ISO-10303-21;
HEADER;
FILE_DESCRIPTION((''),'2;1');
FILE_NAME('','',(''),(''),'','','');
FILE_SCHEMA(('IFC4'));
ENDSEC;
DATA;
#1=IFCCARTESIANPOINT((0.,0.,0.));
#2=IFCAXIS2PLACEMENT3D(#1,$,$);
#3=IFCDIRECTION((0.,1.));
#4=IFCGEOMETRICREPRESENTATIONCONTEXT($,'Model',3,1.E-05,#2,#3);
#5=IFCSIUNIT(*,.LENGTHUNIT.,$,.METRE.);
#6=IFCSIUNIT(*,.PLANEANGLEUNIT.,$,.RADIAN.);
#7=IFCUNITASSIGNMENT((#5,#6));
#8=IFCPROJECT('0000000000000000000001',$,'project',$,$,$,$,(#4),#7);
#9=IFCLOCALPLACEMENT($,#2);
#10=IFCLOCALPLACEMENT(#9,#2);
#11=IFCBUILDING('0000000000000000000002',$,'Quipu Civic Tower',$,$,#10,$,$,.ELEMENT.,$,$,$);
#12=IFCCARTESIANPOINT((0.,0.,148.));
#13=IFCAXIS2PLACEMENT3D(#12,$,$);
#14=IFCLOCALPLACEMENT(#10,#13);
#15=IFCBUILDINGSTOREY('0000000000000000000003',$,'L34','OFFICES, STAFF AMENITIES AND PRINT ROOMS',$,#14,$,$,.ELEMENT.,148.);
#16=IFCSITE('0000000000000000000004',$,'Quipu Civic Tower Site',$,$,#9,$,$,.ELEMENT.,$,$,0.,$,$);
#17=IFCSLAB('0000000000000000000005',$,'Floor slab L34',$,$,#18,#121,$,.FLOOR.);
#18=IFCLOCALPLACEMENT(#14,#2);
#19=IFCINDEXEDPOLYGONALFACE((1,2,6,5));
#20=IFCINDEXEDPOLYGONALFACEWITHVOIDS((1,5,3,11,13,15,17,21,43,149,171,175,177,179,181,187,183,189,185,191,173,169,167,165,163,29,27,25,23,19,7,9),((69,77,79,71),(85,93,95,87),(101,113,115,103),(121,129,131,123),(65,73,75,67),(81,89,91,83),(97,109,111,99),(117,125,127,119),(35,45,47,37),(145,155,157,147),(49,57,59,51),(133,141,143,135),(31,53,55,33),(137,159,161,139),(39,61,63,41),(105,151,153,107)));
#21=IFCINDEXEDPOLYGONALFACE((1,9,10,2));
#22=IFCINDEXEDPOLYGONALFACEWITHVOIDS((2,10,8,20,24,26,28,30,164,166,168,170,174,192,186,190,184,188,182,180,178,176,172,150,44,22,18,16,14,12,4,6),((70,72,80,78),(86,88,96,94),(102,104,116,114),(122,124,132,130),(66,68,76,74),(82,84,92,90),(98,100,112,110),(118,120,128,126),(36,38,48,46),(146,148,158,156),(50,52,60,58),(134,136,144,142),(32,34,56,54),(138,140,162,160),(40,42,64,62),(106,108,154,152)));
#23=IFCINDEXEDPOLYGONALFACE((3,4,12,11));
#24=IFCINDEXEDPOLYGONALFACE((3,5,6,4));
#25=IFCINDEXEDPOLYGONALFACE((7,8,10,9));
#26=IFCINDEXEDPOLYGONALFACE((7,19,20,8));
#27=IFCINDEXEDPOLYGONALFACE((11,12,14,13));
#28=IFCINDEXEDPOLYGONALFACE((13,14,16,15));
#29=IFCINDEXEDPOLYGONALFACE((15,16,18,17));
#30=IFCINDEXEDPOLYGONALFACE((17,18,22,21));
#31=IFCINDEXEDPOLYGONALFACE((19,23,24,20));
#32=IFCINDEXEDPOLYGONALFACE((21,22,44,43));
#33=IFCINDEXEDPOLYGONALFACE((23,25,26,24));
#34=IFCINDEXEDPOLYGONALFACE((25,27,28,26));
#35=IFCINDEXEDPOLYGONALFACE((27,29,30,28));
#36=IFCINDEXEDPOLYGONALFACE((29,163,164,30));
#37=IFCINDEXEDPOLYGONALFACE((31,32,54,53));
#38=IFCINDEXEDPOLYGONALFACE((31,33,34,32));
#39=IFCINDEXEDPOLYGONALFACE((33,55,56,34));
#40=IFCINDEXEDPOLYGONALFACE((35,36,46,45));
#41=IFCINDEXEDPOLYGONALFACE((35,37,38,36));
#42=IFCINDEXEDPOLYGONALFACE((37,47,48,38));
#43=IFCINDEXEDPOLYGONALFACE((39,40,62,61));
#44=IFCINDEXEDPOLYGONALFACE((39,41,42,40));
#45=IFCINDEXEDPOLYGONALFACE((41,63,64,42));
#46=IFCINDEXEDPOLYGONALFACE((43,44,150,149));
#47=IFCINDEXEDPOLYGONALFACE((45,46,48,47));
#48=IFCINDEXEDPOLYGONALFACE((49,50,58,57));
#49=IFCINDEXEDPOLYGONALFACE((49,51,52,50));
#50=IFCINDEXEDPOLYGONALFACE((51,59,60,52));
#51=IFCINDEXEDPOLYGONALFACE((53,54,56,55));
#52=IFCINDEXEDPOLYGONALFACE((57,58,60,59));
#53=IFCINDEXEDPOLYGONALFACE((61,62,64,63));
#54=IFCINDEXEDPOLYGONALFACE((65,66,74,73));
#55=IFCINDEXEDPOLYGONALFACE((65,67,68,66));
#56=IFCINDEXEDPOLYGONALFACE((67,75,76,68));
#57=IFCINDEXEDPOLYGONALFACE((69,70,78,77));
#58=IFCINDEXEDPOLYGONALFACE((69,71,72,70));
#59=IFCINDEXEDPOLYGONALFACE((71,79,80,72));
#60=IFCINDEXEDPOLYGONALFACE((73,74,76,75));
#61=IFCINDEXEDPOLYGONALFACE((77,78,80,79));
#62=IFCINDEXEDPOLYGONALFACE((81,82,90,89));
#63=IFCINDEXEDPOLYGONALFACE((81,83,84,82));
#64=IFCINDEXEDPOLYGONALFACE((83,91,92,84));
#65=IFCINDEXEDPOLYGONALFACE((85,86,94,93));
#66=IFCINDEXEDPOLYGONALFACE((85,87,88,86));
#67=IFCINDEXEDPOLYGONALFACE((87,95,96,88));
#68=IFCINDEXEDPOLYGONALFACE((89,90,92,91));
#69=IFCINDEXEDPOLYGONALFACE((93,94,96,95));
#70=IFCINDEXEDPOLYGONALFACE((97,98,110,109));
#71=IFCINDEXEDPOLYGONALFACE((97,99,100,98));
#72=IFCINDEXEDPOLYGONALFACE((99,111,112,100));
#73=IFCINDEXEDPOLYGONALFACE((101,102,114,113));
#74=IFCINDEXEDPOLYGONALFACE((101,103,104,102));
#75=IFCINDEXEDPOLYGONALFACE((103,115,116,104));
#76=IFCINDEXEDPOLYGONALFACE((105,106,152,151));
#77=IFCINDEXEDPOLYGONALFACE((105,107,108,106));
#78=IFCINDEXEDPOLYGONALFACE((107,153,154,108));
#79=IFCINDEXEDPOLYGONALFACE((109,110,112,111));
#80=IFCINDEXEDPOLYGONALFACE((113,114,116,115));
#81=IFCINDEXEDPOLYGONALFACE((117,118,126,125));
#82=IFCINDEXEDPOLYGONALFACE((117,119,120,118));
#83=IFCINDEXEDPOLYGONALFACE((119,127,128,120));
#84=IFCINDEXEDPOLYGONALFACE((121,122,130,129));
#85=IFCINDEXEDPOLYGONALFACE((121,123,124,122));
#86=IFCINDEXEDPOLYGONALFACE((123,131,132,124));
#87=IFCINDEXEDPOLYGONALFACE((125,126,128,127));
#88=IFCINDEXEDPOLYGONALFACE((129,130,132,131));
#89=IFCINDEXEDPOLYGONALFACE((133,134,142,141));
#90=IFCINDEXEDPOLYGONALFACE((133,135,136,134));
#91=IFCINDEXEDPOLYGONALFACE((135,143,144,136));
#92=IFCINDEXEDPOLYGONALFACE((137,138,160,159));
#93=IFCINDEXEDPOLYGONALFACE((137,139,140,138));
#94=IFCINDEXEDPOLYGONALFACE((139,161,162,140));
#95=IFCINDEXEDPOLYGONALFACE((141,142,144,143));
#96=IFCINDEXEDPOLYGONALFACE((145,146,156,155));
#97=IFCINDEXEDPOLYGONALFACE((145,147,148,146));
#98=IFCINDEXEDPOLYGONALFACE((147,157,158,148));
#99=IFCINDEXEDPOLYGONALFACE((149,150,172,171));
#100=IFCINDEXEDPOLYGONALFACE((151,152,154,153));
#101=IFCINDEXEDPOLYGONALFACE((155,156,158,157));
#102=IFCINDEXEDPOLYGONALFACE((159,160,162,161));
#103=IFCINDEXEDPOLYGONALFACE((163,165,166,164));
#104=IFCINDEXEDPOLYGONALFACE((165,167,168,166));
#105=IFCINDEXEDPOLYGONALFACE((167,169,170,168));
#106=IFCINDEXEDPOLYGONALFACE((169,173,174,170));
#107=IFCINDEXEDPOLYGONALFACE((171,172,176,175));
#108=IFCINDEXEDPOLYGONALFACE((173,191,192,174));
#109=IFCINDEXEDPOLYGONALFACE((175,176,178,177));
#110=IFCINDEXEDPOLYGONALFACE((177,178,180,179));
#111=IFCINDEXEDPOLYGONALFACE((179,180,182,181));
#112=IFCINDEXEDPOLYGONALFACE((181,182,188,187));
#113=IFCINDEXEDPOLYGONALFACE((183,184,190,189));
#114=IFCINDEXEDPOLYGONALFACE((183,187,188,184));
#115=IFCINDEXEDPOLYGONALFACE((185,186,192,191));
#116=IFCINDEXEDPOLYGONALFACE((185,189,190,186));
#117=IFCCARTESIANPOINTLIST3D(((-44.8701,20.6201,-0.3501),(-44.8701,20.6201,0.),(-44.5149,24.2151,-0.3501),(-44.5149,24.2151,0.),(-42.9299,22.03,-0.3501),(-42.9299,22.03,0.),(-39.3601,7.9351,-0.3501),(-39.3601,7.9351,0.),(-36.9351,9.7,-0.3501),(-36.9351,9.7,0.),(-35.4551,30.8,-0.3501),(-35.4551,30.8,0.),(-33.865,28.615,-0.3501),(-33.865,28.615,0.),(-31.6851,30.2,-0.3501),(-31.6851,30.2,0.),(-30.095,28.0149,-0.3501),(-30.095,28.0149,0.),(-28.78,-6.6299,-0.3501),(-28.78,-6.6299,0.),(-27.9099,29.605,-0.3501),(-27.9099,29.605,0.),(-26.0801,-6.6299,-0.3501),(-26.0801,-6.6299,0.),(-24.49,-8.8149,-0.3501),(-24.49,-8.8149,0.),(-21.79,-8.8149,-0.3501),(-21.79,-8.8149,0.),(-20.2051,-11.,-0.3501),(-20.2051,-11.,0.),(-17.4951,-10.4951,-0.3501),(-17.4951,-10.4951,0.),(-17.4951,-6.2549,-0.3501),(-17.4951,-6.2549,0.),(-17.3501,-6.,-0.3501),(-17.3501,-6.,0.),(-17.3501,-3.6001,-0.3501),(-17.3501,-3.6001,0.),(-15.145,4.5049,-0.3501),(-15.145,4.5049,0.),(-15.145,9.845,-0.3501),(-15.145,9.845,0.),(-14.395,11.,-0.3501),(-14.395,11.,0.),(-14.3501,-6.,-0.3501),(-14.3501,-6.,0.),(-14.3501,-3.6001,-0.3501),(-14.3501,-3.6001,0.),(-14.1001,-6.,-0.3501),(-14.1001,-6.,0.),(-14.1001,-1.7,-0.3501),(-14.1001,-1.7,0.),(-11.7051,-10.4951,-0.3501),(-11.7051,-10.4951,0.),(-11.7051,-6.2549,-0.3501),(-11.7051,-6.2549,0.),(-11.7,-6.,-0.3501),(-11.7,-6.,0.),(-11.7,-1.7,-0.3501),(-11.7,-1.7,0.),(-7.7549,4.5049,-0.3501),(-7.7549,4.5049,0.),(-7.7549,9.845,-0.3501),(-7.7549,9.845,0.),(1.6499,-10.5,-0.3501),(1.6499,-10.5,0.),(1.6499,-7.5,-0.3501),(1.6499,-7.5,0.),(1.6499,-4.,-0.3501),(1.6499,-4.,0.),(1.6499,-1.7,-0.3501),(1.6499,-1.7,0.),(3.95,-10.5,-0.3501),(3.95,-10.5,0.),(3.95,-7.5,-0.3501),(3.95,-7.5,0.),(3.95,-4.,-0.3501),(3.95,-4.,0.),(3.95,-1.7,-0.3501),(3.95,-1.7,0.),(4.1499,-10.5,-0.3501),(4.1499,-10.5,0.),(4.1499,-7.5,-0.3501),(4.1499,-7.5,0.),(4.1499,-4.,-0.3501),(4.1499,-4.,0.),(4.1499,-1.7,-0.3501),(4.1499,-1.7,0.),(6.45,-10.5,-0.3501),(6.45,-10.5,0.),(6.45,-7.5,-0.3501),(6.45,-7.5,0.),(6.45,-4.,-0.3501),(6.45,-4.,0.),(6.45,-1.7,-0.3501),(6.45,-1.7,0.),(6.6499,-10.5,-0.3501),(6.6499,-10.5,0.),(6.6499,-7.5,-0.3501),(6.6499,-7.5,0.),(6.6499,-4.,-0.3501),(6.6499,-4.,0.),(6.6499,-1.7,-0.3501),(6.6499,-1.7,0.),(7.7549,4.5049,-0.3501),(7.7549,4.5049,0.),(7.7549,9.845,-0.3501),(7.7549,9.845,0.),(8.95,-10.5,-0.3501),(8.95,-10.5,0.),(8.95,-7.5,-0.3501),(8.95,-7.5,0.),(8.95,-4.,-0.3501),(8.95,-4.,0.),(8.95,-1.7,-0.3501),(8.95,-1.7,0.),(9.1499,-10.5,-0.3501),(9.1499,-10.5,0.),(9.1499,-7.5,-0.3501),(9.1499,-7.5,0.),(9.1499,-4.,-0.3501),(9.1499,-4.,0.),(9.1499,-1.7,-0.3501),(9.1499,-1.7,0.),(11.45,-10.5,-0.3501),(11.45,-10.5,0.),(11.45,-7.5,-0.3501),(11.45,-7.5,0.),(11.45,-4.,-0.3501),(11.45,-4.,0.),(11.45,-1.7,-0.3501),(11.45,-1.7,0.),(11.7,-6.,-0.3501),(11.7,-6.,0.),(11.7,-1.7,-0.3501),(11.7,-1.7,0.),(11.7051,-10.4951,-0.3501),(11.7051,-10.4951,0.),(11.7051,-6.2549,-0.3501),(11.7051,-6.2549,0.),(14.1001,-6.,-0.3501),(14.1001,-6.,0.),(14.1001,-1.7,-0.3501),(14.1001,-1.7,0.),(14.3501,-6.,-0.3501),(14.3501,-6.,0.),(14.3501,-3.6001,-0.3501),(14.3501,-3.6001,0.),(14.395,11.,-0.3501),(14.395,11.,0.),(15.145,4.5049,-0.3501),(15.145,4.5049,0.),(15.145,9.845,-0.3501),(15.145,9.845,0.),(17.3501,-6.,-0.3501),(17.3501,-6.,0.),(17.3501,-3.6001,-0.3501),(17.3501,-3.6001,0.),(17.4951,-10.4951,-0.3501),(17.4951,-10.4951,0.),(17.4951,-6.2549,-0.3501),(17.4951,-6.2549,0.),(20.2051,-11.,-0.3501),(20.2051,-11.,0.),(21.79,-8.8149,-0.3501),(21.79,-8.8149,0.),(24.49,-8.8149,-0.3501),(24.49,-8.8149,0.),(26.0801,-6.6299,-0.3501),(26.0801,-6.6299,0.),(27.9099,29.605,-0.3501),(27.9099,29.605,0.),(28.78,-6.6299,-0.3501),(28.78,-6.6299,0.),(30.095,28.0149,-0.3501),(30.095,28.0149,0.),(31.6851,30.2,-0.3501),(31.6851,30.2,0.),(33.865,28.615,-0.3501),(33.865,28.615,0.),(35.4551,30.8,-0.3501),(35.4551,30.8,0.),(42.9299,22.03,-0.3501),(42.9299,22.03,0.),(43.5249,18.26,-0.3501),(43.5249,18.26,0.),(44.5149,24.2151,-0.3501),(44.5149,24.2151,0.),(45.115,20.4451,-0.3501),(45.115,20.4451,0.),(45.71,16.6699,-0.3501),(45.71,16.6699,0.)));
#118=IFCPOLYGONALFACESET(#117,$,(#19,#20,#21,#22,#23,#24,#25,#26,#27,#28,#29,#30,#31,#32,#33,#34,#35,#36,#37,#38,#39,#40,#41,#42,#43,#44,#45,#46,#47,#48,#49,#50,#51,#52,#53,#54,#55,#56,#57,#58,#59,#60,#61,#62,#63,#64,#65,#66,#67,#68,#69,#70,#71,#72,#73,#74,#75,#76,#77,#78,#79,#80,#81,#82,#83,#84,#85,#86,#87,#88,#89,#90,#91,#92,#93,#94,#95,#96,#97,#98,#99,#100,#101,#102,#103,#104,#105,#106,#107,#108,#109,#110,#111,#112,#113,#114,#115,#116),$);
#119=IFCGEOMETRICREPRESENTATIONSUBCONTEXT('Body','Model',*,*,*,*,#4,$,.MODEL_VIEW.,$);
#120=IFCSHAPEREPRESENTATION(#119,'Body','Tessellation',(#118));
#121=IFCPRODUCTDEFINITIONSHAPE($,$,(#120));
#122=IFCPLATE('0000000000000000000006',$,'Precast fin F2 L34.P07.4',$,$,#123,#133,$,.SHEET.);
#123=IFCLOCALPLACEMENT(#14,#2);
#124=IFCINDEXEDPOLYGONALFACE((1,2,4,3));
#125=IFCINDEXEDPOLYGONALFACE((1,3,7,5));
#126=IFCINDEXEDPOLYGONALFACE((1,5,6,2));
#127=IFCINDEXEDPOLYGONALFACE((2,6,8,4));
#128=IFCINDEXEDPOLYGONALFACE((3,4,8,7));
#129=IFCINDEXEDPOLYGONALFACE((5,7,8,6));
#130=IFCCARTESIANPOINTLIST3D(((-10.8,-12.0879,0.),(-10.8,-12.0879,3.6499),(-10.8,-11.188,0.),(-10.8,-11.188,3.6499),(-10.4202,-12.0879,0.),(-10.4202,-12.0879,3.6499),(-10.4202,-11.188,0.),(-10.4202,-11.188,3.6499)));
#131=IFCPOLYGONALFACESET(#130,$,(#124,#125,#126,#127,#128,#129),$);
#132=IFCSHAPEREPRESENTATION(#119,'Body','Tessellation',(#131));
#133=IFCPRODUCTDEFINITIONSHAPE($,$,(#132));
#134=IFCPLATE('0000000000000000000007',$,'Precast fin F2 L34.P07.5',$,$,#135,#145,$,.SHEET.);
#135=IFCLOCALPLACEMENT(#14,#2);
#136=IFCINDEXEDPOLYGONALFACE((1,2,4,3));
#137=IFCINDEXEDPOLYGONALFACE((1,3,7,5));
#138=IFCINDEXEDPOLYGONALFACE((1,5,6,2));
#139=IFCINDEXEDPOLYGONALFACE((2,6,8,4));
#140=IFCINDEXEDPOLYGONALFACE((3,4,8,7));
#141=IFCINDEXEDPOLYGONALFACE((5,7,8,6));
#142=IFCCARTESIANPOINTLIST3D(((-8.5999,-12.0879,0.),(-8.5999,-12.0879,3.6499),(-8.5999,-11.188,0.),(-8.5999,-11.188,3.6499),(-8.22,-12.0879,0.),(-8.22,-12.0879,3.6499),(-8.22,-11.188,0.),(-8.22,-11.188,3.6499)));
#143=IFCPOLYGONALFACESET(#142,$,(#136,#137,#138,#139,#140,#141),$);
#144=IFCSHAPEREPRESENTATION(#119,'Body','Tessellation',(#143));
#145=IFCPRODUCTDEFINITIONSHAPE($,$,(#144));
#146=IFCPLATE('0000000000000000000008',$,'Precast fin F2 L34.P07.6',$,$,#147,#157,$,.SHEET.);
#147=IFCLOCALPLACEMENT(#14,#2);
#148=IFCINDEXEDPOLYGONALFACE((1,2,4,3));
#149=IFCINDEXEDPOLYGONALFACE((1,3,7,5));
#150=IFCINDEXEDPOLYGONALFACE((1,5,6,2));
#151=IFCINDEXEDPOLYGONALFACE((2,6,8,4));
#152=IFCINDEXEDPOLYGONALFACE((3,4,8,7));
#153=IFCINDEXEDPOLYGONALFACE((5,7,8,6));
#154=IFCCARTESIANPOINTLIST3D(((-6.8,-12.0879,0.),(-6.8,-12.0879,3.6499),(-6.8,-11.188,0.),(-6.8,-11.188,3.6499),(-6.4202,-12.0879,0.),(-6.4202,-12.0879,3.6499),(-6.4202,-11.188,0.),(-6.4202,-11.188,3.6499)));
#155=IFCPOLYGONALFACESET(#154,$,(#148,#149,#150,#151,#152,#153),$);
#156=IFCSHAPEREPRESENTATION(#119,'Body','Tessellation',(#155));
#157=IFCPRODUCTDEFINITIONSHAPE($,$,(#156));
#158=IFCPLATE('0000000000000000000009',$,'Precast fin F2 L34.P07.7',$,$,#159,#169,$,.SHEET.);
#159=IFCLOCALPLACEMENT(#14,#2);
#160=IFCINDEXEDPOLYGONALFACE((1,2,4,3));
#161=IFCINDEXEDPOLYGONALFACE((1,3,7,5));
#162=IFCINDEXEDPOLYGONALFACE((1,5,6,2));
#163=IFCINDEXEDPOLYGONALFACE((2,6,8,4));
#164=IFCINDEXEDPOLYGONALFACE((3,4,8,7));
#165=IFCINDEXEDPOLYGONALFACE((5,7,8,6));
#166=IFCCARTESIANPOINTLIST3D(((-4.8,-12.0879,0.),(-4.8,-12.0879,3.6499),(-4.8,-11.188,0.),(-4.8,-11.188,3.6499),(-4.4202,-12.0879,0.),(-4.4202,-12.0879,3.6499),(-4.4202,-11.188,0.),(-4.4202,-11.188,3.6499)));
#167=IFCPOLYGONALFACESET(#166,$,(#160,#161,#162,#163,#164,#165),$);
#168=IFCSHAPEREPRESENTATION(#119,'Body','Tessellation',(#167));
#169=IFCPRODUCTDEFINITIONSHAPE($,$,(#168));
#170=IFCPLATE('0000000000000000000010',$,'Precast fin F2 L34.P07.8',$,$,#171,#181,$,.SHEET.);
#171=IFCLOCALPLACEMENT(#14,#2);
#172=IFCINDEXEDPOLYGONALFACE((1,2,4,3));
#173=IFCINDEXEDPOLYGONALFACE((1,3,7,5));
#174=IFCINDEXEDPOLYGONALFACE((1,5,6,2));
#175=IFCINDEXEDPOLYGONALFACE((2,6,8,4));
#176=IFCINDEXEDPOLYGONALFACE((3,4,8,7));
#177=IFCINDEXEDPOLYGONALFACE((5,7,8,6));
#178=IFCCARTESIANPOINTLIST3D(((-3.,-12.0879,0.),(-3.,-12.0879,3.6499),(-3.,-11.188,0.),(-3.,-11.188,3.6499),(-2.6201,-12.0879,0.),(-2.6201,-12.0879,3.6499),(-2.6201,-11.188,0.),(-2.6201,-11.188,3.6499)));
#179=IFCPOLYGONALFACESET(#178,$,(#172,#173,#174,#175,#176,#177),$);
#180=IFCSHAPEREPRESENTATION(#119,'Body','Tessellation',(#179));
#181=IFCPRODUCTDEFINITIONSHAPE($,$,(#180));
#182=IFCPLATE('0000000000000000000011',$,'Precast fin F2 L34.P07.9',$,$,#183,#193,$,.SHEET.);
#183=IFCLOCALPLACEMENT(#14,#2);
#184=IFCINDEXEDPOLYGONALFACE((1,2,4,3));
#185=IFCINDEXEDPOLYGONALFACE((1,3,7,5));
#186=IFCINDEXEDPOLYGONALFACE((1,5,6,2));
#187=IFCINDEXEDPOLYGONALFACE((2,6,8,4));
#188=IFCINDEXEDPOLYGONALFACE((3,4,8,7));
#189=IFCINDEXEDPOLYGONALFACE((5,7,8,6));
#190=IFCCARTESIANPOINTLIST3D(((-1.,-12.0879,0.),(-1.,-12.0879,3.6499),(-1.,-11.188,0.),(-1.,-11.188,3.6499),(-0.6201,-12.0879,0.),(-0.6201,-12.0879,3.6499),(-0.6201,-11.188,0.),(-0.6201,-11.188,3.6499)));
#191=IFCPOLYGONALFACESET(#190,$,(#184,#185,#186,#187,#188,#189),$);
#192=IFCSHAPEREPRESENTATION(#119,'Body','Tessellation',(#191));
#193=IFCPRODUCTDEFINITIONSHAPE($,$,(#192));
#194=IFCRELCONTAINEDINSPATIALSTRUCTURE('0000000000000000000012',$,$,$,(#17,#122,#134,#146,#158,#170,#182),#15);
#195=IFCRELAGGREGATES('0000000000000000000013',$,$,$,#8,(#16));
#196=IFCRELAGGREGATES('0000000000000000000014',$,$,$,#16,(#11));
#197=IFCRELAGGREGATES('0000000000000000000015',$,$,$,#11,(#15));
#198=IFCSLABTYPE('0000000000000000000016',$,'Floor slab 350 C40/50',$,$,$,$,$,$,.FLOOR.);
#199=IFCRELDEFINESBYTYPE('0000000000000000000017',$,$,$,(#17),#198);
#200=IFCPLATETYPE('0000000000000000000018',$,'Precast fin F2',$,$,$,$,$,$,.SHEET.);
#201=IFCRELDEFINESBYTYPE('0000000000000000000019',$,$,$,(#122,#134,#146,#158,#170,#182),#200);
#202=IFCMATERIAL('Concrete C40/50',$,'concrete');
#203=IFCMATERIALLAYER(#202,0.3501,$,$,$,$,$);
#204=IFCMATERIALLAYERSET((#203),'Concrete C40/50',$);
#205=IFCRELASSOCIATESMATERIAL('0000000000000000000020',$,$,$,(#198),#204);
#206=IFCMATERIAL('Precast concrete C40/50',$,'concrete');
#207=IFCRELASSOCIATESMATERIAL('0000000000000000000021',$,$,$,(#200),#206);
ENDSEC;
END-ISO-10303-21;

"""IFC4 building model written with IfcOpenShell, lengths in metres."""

from ifc_helpers import new_model, si_unit, direction, frame, origin, origin_2d, place, context, subcontext, project, spatial, polyline, rectangle, outline, extrude, material, layer, layer_set, type_object, element, save


model = new_model("IFC4")

# Units and contexts
model_context = context("Model", 3, precision=1e-05, world=origin(), true_north=direction((0.0, 1.0)))
body_context = subcontext(model_context, "Body", "Model", "MODEL_VIEW")
ifc_project = project(units=[si_unit("LENGTHUNIT", "METRE"), si_unit("PLANEANGLEUNIT", "RADIAN")], contexts=[model_context])

# Site, building, storey
site_placement = place(None, origin())
site = spatial("IfcSite", under=ifc_project, at=site_placement, Name="Quipu Civic Tower Site", CompositionType="ELEMENT", RefElevation=0.0)
building_placement = place(site_placement, origin())
building = spatial("IfcBuilding", under=site, at=building_placement, Name="Quipu Civic Tower", CompositionType="ELEMENT")
storey_placement = place(building_placement, frame((0.0, 0.0, 148.0)))
storey = spatial("IfcBuildingStorey", under=building, at=storey_placement, Name="L34", Description="OFFICES, STAFF AMENITIES AND PRINT ROOMS", CompositionType="ELEMENT", Elevation=148.0)

# Slab
ifc_material_1 = material(Name="Concrete C40/50", Category="concrete")
ifc_layer_1 = layer(ifc_material_1, 0.3501)
ifc_layer_set_1 = layer_set([ifc_layer_1], Name="Concrete C40/50")
slab_type_1 = type_object("IfcSlabType", Name="Floor slab 350 C40/50", PredefinedType="FLOOR", material=ifc_layer_set_1)
slab_1_placement = place(storey_placement, frame((0.0, 0.0, -0.3501)))
element("IfcSlab", 1, at=slab_1_placement, inside=storey, type_object=slab_type_1, Name="Floor slab L34", PredefinedType="FLOOR", context=body_context, shape_type="SweptSolid", body=[
    extrude(outline(polyline([(-35.4551, 30.8), (-33.865, 28.615), (-31.6851, 30.2), (-30.095, 28.0149), (-27.9099, 29.605), (-14.395, 11.0), (14.395, 11.0), (27.9099, 29.605), (30.095, 28.0149), (31.6851, 30.2), (33.865, 28.615), (35.4551, 30.8), (44.5149, 24.2151), (42.9299, 22.03), (45.115, 20.4451), (43.5249, 18.26), (45.71, 16.6699), (28.78, -6.6299), (26.0801, -6.6299), (24.49, -8.8149), (21.79, -8.8149), (20.2051, -11.0), (-20.2051, -11.0), (-21.79, -8.8149), (-24.49, -8.8149), (-26.0801, -6.6299), (-28.78, -6.6299), (-39.3601, 7.9351), (-36.9351, 9.7), (-44.8701, 20.6201), (-42.9299, 22.03), (-44.5149, 24.2151), (-35.4551, 30.8)]), holes=[polyline([(1.6499, -7.5), (1.6499, -10.5), (3.95, -10.5), (3.95, -7.5), (1.6499, -7.5)]), polyline([(4.1499, -7.5), (4.1499, -10.5), (6.45, -10.5), (6.45, -7.5), (4.1499, -7.5)]), polyline([(-11.7051, -6.2549), (-17.4951, -6.2549), (-17.4951, -10.4951), (-11.7051, -10.4951), (-11.7051, -6.2549)]), polyline([(-17.3501, -3.6001), (-17.3501, -6.0), (-14.3501, -6.0), (-14.3501, -3.6001), (-17.3501, -3.6001)]), polyline([(-14.1001, -1.7), (-14.1001, -6.0), (-11.7, -6.0), (-11.7, -1.7), (-14.1001, -1.7)]), polyline([(1.6499, -1.7), (1.6499, -4.0), (3.95, -4.0), (3.95, -1.7), (1.6499, -1.7)]), polyline([(4.1499, -1.7), (4.1499, -4.0), (6.45, -4.0), (6.45, -1.7), (4.1499, -1.7)]), polyline([(-7.7549, 9.845), (-15.145, 9.845), (-15.145, 4.5049), (-7.7549, 4.5049), (-7.7549, 9.845)]), polyline([(6.6499, -7.5), (6.6499, -10.5), (8.95, -10.5), (8.95, -7.5), (6.6499, -7.5)]), polyline([(9.1499, -7.5), (9.1499, -10.5), (11.45, -10.5), (11.45, -7.5), (9.1499, -7.5)]), polyline([(11.7051, -10.4951), (17.4951, -10.4951), (17.4951, -6.2549), (11.7051, -6.2549), (11.7051, -10.4951)]), polyline([(14.3501, -3.6001), (14.3501, -6.0), (17.3501, -6.0), (17.3501, -3.6001), (14.3501, -3.6001)]), polyline([(11.7, -1.7), (11.7, -6.0), (14.1001, -6.0), (14.1001, -1.7), (11.7, -1.7)]), polyline([(6.6499, -1.7), (6.6499, -4.0), (8.95, -4.0), (8.95, -1.7), (6.6499, -1.7)]), polyline([(9.1499, -1.7), (9.1499, -4.0), (11.45, -4.0), (11.45, -1.7), (9.1499, -1.7)]), polyline([(7.7549, 4.5049), (15.145, 4.5049), (15.145, 9.845), (7.7549, 9.845), (7.7549, 4.5049)])]), origin(), (0.0, 0.0, 1.0), 0.3501),
])

# Plates
ifc_material_2 = material(Name="Precast concrete C40/50", Category="concrete")
plate_type = type_object("IfcPlateType", Name="Precast fin F2", PredefinedType="SHEET", material=ifc_material_2)
for number, where, z_axis, x_axis, name in (
    (2, (-10.6101, -11.6379, 0.0), (0.0, 0.0, 1.0), (1.0, 0.0, 0.0), "Precast fin F2 L34.P07.4"),
    (3, (-8.4099, -11.6379, 0.0), (0.0, 0.0, 1.0), (1.0, 0.0, 0.0), "Precast fin F2 L34.P07.5"),
    (4, (-6.6101, -11.6379, 0.0), (0.0, 0.0, 1.0), (1.0, 0.0, 0.0), "Precast fin F2 L34.P07.6"),
    (5, (-4.6101, -11.6379, 0.0), (0.0, 0.0, 1.0), (1.0, 0.0, 0.0), "Precast fin F2 L34.P07.7"),
    (6, (-2.8101, -11.6379, 0.0), (0.0, 0.0, 1.0), (1.0, 0.0, 0.0), "Precast fin F2 L34.P07.8"),
    (7, (-0.8101, -11.6379, 0.0), (0.0, 0.0, 1.0), (1.0, 0.0, 0.0), "Precast fin F2 L34.P07.9"),
):
    element("IfcPlate", number, at=place(storey_placement, frame(where, z_axis=z_axis, x_axis=x_axis)), inside=storey, type_object=plate_type, Name=name, PredefinedType="SHEET", context=body_context, shape_type="SweptSolid", body=[
        extrude(rectangle(XDim=0.3799, YDim=0.8999, at=origin_2d()), origin(), (0.0, 0.0, 1.0), 3.6499),
    ])

save(model, "model.ifc")
